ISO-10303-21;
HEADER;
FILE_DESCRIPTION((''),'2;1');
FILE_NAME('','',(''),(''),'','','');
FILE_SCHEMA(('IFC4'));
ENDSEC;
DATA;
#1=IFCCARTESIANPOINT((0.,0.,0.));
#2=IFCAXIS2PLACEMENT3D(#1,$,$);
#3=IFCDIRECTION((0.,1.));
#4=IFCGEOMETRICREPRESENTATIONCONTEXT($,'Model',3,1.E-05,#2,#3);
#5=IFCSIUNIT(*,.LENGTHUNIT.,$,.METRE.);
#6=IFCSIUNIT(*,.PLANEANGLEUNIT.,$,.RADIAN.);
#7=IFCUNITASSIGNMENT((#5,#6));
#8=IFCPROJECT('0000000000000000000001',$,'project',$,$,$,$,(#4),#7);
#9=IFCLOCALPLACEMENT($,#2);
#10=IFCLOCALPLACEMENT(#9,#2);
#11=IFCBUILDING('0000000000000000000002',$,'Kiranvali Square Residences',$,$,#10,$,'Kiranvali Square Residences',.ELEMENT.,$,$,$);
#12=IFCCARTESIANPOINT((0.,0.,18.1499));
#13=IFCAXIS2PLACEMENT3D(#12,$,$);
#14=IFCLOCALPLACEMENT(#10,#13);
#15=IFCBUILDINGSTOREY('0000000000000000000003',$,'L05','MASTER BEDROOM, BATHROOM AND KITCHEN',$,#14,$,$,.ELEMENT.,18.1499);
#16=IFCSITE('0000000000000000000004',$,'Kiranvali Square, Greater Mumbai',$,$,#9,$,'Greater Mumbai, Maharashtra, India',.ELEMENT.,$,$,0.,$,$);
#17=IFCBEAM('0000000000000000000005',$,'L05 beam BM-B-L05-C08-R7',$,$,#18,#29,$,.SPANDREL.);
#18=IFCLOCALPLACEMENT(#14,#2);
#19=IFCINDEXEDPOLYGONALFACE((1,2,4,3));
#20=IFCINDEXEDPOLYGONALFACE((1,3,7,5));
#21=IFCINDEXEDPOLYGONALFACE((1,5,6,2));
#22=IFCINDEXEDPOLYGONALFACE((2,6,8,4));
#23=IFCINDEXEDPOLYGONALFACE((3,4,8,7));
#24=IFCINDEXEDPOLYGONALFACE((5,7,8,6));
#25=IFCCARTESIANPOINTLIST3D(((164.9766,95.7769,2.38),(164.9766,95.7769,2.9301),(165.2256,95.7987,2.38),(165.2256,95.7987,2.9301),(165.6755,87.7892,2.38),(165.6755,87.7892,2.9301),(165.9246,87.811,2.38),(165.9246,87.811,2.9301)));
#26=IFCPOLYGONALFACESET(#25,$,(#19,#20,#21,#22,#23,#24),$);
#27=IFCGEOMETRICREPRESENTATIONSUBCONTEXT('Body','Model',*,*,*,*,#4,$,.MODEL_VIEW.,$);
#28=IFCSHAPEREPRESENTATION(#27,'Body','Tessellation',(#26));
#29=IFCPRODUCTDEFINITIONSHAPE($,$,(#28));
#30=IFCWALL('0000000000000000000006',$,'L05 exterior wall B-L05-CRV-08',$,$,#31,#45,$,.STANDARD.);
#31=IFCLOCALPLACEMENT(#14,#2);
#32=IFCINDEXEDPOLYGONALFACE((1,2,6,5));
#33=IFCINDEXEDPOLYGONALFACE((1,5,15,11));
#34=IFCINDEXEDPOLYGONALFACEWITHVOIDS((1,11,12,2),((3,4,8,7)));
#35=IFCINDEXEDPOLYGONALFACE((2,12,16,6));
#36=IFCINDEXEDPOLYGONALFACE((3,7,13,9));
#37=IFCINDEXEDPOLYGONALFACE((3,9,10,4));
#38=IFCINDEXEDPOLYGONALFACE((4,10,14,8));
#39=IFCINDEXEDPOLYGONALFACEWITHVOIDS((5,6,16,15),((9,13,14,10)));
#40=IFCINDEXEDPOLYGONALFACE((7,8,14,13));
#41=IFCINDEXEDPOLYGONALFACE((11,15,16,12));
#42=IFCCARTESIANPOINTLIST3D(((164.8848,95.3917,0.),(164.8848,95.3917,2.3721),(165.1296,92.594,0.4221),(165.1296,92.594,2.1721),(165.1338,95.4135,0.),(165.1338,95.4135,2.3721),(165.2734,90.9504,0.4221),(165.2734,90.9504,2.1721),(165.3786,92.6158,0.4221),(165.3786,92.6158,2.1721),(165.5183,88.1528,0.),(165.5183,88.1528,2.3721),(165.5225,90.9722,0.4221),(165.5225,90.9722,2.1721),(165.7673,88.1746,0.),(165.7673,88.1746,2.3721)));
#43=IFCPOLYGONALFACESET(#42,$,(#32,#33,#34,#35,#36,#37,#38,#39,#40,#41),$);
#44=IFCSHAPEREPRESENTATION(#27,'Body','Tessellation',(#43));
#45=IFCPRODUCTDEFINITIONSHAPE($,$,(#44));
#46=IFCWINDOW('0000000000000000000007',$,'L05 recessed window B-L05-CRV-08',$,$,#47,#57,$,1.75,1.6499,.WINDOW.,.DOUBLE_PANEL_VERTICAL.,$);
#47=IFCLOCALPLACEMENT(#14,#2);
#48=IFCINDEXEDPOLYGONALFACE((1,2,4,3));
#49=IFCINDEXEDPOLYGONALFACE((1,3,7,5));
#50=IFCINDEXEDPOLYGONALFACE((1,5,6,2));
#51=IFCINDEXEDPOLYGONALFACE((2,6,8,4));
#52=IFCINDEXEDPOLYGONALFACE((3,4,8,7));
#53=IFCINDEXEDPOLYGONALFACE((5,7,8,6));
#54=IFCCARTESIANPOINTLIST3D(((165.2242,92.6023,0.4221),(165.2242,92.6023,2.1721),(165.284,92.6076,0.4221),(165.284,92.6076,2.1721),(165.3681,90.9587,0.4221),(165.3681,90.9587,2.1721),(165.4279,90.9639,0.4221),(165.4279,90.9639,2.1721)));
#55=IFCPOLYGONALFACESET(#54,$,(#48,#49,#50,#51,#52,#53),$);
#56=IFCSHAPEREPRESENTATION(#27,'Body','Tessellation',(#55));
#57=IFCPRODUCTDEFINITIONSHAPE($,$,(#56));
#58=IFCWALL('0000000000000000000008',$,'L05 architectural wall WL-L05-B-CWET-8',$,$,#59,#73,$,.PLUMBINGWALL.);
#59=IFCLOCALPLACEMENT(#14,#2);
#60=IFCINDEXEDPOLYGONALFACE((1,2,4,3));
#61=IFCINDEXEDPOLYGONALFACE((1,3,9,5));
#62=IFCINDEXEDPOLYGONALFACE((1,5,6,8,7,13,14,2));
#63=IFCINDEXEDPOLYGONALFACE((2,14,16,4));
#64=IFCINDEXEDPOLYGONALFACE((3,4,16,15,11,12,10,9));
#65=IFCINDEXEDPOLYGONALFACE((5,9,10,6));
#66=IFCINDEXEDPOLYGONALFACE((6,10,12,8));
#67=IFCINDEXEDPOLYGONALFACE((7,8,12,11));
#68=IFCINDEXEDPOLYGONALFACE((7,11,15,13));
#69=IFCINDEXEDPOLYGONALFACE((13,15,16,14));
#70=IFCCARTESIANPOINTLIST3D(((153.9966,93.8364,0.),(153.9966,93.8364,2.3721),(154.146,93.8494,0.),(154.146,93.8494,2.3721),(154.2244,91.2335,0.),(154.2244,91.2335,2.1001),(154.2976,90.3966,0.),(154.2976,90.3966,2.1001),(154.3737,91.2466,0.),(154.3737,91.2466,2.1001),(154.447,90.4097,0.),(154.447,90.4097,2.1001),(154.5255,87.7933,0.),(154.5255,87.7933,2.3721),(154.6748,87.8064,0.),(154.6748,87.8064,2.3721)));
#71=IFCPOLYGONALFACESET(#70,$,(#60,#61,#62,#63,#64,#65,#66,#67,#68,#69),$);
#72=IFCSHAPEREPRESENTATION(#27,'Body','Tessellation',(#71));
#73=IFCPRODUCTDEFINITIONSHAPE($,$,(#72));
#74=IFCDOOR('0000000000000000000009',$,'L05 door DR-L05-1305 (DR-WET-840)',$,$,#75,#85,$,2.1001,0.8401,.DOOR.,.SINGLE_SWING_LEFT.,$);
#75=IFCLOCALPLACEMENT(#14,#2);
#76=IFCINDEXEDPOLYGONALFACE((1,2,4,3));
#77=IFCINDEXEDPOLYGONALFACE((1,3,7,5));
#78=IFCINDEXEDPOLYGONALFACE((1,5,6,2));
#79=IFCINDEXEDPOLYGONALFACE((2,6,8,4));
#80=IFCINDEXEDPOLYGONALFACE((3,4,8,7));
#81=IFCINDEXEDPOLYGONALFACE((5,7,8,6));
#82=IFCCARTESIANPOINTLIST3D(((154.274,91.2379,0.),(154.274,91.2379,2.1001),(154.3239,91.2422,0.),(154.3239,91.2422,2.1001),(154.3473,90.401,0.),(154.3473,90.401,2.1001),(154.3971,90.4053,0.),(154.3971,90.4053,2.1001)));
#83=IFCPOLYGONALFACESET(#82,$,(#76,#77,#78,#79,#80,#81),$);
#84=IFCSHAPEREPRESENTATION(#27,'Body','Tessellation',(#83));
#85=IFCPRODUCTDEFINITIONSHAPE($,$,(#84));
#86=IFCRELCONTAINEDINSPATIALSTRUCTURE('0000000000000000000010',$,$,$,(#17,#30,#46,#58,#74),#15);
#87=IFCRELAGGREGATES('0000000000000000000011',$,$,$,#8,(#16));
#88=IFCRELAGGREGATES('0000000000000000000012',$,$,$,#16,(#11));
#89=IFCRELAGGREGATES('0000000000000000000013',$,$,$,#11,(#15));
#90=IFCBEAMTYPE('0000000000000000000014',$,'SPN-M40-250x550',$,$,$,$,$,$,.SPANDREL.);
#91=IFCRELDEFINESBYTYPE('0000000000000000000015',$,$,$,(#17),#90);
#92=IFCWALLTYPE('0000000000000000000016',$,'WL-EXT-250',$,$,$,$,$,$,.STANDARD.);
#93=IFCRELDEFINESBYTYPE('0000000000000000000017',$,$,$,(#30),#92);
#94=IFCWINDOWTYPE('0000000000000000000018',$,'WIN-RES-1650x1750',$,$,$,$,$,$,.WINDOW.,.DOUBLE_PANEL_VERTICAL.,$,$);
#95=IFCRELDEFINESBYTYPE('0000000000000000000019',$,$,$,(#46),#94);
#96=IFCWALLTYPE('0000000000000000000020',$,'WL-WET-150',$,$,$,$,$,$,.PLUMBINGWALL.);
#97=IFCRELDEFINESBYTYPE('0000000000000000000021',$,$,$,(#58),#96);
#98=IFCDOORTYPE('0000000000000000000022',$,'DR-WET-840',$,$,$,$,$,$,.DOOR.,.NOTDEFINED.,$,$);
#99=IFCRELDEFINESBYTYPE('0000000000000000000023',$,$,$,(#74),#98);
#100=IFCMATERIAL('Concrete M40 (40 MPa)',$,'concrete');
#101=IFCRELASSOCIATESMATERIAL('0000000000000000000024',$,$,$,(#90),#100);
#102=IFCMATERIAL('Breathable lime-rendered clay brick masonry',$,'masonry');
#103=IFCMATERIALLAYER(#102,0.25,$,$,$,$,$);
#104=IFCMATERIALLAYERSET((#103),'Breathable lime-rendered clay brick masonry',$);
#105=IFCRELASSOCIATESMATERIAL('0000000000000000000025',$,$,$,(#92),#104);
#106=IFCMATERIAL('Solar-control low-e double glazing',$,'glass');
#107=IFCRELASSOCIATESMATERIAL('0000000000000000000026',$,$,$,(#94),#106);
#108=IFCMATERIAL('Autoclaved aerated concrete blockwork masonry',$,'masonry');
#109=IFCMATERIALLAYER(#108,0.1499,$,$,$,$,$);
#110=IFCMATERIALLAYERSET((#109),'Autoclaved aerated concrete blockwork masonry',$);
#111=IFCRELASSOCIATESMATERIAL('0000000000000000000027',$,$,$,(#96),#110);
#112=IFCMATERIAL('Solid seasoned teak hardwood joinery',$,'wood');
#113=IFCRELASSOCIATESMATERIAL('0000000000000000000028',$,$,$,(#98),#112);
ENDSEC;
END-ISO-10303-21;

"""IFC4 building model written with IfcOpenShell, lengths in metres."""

from ifc_helpers import new_model, si_unit, direction, frame, frame_2d, origin, origin_2d, place, context, subcontext, project, spatial, rectangle, extrude, material, layer, layer_set, material_profile, profile_set, type_object, element, fill, save


model = new_model("IFC4")

# Units and contexts
model_context = context("Model", 3, precision=1e-05, world=origin(), true_north=direction((0.0, 1.0)))
body_context = subcontext(model_context, "Body", "Model", "MODEL_VIEW")
ifc_project = project(units=[si_unit("LENGTHUNIT", "METRE"), si_unit("PLANEANGLEUNIT", "RADIAN")], contexts=[model_context])

# Site, building, storey
site_placement = place(None, origin())
site = spatial("IfcSite", under=ifc_project, at=site_placement, Name="Kiranvali Square, Greater Mumbai", LongName="Greater Mumbai, Maharashtra, India", CompositionType="ELEMENT", RefElevation=0.0)
building_placement = place(site_placement, origin())
building = spatial("IfcBuilding", under=site, at=building_placement, Name="Kiranvali Square Residences", LongName="Kiranvali Square Residences", CompositionType="ELEMENT")
storey_placement = place(building_placement, frame((0.0, 0.0, 18.1499)))
storey = spatial("IfcBuildingStorey", under=building, at=storey_placement, Name="L05", Description="MASTER BEDROOM, BATHROOM AND KITCHEN", CompositionType="ELEMENT", Elevation=18.1499)

# Beam
ifc_material_1 = material(Name="Concrete M40 (40 MPa)", Category="concrete")
ifc_material_profile_1 = material_profile(ifc_material_1, rectangle(XDim=0.25, YDim=0.55, at=origin_2d()), Name="RC 250x550")
ifc_profile_set_1 = profile_set([ifc_material_profile_1], Name="Concrete M40 (40 MPa)")
beam_type_1 = type_object("IfcBeamType", Name="SPN-M40-250x550", PredefinedType="SPANDREL", material=ifc_profile_set_1)
beam_1_placement = place(storey_placement, frame((165.1011, 95.7878, 2.655), z_axis=(0.087172, -0.996193, 0.0), x_axis=(0.996193, 0.087172, 0.0)))
element("IfcBeam", 1, at=beam_1_placement, inside=storey, type_object=beam_type_1, Name="L05 beam BM-B-L05-C08-R7", PredefinedType="SPANDREL", context=body_context, shape_type="SweptSolid", body=[
    extrude(rectangle(XDim=0.25, YDim=0.55, at=origin_2d()), origin(), (0.0, 0.0, 1.0), 8.0183),
])

# Wall, opening, window
ifc_material_2 = material(Name="Breathable lime-rendered clay brick masonry", Category="masonry")
ifc_layer_1 = layer(ifc_material_2, 0.25)
ifc_layer_set_1 = layer_set([ifc_layer_1], Name="Breathable lime-rendered clay brick masonry")
wall_type_1 = type_object("IfcWallType", Name="WL-EXT-250", PredefinedType="STANDARD", material=ifc_layer_set_1)
wall_1_placement = place(storey_placement, frame((165.0093, 95.4026, 0.0), z_axis=(0.0, 0.0, 1.0), x_axis=(0.087185, -0.996192, 0.0)))
wall_1 = element("IfcWall", 2, at=wall_1_placement, inside=storey, type_object=wall_type_1, Name="L05 exterior wall B-L05-CRV-08", PredefinedType="STANDARD", context=body_context, shape_type="SweptSolid", body=[
    extrude(rectangle(XDim=7.2666, YDim=0.25, at=frame_2d((3.6333, 0.0))), origin(), (0.0, 0.0, 1.0), 2.3721),
])
opening_1_placement = place(wall_1_placement, frame((2.8083, 0.0, 0.4221)))
opening_1 = element("IfcOpeningElement", 3, at=opening_1_placement, cuts=wall_1, PredefinedType="OPENING", context=body_context, shape_type="SweptSolid", body=[
    extrude(rectangle(XDim=1.6499, YDim=1.75, at=frame_2d((0.825, 0.875))), frame((0.0, 0.135, 0.0), z_axis=(0.0, -1.0, 0.0), x_axis=(1.0, 0.0, 0.0)), (0.0, 0.0, 1.0), 0.27),
])
ifc_material_3 = material(Name="Solar-control low-e double glazing", Category="glass")
window_type = type_object("IfcWindowType", Name="WIN-RES-1650x1750", PartitioningType="DOUBLE_PANEL_VERTICAL", PredefinedType="WINDOW", material=ifc_material_3)
window_placement = place(opening_1_placement, origin())
window = element("IfcWindow", 4, at=window_placement, inside=storey, type_object=window_type, Name="L05 recessed window B-L05-CRV-08", OverallHeight=1.75, OverallWidth=1.6499, PartitioningType="DOUBLE_PANEL_VERTICAL", PredefinedType="WINDOW", context=body_context, shape_type="SweptSolid", body=[
    extrude(rectangle(XDim=1.6499, YDim=1.75, at=frame_2d((0.825, 0.875))), frame((0.0, 0.03, 0.0), z_axis=(0.0, -1.0, 0.0), x_axis=(1.0, 0.0, 0.0)), (0.0, 0.0, 1.0), 0.0601),
])
fill(opening_1, window)

# Wall, opening, door
ifc_material_4 = material(Name="Autoclaved aerated concrete blockwork masonry", Category="masonry")
ifc_layer_2 = layer(ifc_material_4, 0.1499)
ifc_layer_set_2 = layer_set([ifc_layer_2], Name="Autoclaved aerated concrete blockwork masonry")
wall_type_2 = type_object("IfcWallType", Name="WL-WET-150", PredefinedType="PLUMBINGWALL", material=ifc_layer_set_2)
wall_2_placement = place(storey_placement, frame((154.0713, 93.843, 0.0), z_axis=(0.0, 0.0, 1.0), x_axis=(0.087175, -0.996193, 0.0)))
wall_2 = element("IfcWall", 5, at=wall_2_placement, inside=storey, type_object=wall_type_2, Name="L05 architectural wall WL-L05-B-CWET-8", PredefinedType="PLUMBINGWALL", context=body_context, shape_type="SweptSolid", body=[
    extrude(rectangle(XDim=6.0662, YDim=0.1499, at=frame_2d((3.0332, 0.0))), origin(), (0.0, 0.0, 1.0), 2.3721),
])
opening_2_placement = place(wall_2_placement, frame((2.613, 0.0, 0.0)))
opening_2 = element("IfcOpeningElement", 6, at=opening_2_placement, cuts=wall_2, PredefinedType="OPENING", context=body_context, shape_type="SweptSolid", body=[
    extrude(rectangle(XDim=0.8401, YDim=2.1001, at=frame_2d((0.4199, 1.05))), frame((0.0, 0.085, 0.0), z_axis=(0.0, -1.0, 0.0), x_axis=(1.0, 0.0, 0.0)), (0.0, 0.0, 1.0), 0.1699),
])
ifc_material_5 = material(Name="Solid seasoned teak hardwood joinery", Category="wood")
door_type = type_object("IfcDoorType", Name="DR-WET-840", OperationType="NOTDEFINED", PredefinedType="DOOR", material=ifc_material_5)
door_placement = place(opening_2_placement, origin())
door = element("IfcDoor", 7, at=door_placement, inside=storey, type_object=door_type, Name="L05 door DR-L05-1305 (DR-WET-840)", OperationType="SINGLE_SWING_LEFT", OverallHeight=2.1001, OverallWidth=0.8401, PredefinedType="DOOR", context=body_context, shape_type="SweptSolid", body=[
    extrude(rectangle(XDim=0.8401, YDim=2.1001, at=frame_2d((0.4199, 1.05))), frame((0.0, 0.0249, 0.0), z_axis=(0.0, -1.0, 0.0), x_axis=(1.0, 0.0, 0.0)), (0.0, 0.0, 1.0), 0.05),
])
fill(opening_2, door)

save(model, "model.ifc")
